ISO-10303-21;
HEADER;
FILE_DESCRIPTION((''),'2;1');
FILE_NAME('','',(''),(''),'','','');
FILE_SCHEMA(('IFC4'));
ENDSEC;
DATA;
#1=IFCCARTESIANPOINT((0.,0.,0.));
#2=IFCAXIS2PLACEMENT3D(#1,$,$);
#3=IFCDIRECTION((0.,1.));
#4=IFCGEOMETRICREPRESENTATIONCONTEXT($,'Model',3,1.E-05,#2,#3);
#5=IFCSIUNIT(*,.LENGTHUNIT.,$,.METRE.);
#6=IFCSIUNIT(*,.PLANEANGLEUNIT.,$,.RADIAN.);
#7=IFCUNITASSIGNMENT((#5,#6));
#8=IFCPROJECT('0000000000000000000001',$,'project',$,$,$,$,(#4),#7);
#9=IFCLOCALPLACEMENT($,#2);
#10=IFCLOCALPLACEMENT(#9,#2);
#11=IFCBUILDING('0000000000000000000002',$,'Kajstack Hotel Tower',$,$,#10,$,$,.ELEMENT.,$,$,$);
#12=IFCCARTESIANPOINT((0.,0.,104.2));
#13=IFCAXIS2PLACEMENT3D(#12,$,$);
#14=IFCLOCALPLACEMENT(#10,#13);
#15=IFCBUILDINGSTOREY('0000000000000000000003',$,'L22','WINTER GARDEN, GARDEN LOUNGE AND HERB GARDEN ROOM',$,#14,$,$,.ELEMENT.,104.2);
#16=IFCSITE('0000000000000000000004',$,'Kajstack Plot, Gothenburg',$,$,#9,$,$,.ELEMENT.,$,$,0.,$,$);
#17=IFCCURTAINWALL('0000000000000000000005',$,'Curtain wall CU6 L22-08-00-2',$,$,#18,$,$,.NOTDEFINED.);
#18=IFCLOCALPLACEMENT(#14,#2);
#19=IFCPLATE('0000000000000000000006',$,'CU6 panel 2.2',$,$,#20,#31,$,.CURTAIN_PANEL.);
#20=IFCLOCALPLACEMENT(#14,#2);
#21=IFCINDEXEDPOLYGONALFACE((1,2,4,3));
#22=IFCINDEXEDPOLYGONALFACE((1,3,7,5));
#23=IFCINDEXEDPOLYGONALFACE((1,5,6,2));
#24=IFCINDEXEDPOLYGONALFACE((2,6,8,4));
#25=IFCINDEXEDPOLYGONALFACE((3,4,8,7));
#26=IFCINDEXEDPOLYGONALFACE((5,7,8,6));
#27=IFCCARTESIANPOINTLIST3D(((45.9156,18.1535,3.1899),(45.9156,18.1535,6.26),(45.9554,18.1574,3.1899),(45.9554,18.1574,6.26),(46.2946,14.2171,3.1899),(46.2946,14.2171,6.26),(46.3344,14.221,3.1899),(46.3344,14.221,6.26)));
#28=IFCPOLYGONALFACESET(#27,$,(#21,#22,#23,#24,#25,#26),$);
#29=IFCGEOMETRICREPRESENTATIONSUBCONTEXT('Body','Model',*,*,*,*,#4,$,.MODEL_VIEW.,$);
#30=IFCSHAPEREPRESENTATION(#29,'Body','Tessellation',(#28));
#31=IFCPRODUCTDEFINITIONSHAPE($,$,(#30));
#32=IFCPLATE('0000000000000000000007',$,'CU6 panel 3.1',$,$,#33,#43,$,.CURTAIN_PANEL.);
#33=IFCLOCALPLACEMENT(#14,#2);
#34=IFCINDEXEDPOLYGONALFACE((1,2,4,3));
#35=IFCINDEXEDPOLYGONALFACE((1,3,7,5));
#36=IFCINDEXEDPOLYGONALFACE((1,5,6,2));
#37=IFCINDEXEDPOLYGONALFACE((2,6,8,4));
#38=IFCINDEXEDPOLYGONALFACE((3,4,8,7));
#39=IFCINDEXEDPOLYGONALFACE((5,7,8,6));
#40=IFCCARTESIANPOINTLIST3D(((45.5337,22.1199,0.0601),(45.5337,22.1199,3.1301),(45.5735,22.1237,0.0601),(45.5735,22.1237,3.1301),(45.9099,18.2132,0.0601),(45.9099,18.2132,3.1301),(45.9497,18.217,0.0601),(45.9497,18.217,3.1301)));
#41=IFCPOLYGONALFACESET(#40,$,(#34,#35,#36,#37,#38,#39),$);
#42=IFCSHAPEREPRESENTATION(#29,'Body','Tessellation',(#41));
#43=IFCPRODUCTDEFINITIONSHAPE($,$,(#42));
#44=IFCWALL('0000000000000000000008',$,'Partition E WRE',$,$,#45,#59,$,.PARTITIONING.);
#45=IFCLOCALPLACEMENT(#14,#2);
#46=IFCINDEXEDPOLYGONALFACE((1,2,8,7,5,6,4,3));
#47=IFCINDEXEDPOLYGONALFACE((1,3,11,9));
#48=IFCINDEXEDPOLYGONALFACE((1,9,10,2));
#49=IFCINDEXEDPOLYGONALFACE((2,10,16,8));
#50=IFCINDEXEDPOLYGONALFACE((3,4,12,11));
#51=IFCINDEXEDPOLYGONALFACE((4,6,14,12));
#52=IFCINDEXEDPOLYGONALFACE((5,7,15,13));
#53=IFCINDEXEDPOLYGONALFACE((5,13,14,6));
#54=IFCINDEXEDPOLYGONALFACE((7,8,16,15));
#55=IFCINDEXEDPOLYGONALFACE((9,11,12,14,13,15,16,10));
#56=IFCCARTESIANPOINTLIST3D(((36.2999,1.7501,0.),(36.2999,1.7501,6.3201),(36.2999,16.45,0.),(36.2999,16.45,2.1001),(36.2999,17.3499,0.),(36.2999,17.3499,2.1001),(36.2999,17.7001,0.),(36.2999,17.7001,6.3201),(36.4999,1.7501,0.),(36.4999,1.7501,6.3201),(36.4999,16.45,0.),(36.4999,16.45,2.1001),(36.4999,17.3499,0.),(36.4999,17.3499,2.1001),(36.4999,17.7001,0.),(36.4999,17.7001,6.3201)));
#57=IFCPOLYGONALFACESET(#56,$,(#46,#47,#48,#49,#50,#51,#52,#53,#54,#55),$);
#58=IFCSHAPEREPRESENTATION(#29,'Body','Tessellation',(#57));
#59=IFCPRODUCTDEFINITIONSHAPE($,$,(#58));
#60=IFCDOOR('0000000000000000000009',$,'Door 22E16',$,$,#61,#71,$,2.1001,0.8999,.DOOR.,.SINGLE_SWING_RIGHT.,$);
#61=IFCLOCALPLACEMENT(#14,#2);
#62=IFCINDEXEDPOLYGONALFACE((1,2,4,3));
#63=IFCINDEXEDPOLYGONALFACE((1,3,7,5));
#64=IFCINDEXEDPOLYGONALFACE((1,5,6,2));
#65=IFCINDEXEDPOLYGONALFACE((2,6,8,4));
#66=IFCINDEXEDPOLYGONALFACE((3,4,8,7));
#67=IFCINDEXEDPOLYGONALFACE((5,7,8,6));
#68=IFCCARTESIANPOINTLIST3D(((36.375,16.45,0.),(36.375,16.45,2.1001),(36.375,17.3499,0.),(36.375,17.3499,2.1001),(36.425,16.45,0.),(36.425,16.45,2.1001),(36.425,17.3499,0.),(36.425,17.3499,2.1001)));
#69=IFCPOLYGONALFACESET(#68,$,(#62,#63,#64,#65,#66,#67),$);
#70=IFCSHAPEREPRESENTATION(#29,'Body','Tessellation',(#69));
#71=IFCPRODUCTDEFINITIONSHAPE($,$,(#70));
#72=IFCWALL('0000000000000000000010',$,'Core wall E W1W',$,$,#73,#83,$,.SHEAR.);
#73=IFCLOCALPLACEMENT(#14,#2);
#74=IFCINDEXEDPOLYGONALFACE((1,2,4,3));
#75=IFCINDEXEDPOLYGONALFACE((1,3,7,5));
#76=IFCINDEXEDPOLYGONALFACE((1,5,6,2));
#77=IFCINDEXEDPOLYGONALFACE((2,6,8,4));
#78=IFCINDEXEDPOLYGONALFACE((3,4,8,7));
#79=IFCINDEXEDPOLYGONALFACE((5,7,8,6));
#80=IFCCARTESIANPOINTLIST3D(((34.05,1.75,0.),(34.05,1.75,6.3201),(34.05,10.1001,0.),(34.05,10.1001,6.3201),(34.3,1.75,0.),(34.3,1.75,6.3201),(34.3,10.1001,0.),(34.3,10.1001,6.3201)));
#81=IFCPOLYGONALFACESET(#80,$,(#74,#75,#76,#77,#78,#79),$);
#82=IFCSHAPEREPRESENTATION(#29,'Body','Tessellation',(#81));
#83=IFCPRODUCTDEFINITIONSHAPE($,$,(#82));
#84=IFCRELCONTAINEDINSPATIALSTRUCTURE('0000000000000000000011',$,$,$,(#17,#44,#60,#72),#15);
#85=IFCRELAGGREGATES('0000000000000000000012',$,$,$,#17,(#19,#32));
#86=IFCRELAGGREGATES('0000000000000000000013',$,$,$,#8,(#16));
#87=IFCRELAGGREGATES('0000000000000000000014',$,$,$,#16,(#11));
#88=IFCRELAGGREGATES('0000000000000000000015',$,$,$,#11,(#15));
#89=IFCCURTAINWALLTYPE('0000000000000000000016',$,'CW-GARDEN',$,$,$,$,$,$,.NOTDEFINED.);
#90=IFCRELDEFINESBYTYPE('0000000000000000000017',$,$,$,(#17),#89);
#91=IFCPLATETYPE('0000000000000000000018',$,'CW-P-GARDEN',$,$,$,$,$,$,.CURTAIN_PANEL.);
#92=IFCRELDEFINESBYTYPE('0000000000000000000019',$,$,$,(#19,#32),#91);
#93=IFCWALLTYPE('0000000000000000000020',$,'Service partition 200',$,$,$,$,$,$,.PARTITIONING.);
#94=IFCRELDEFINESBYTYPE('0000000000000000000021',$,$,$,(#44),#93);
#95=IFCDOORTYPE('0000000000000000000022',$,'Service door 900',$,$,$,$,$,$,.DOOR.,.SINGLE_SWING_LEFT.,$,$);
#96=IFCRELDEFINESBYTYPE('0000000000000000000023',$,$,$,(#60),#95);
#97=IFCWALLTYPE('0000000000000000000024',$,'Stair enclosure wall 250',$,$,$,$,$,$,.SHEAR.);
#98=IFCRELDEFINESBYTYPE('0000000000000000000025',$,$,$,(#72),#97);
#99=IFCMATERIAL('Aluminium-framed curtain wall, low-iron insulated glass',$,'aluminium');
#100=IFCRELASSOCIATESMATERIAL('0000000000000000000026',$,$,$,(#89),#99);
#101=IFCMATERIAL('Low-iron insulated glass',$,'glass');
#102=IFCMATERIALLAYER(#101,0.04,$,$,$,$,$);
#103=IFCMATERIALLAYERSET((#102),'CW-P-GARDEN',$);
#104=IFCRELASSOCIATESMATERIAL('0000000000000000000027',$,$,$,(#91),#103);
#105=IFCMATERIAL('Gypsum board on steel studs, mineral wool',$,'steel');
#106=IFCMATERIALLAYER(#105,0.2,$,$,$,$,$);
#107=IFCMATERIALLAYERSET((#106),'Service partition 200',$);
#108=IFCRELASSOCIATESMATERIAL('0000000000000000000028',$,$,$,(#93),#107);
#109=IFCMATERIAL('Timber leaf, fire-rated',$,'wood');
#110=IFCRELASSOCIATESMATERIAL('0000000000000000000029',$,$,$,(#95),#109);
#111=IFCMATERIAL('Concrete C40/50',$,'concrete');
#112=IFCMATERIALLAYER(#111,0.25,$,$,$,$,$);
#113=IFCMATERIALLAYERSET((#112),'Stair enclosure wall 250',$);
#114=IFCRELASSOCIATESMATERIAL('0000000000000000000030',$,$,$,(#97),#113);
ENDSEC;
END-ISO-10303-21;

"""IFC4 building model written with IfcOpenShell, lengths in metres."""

from ifc_helpers import new_model, si_unit, direction, frame, frame_2d, origin, origin_2d, place, context, subcontext, project, spatial, rectangle, extrude, material, layer, layer_set, type_object, element, fill, aggregate, save


model = new_model("IFC4")

# Units and contexts
model_context = context("Model", 3, precision=1e-05, world=origin(), true_north=direction((0.0, 1.0)))
body_context = subcontext(model_context, "Body", "Model", "MODEL_VIEW")
ifc_project = project(units=[si_unit("LENGTHUNIT", "METRE"), si_unit("PLANEANGLEUNIT", "RADIAN")], contexts=[model_context])

# Site, building, storey
site_placement = place(None, origin())
site = spatial("IfcSite", under=ifc_project, at=site_placement, Name="Kajstack Plot, Gothenburg", CompositionType="ELEMENT", RefElevation=0.0)
building_placement = place(site_placement, origin())
building = spatial("IfcBuilding", under=site, at=building_placement, Name="Kajstack Hotel Tower", CompositionType="ELEMENT")
storey_placement = place(building_placement, frame((0.0, 0.0, 104.2)))
storey = spatial("IfcBuildingStorey", under=building, at=storey_placement, Name="L22", Description="WINTER GARDEN, GARDEN LOUNGE AND HERB GARDEN ROOM", CompositionType="ELEMENT", Elevation=104.2)

# Curtain wall
ifc_material_1 = material(Name="Aluminium-framed curtain wall, low-iron insulated glass", Category="aluminium")
curtain_wall_type = type_object("IfcCurtainWallType", Name="CW-GARDEN", PredefinedType="NOTDEFINED", material=ifc_material_1)
curtain_wall_1_placement = place(storey_placement, origin())
curtain_wall_1 = element("IfcCurtainWall", 1, at=curtain_wall_1_placement, inside=storey, type_object=curtain_wall_type, Name="Curtain wall CU6 L22-08-00-2", PredefinedType="NOTDEFINED")

# Plates
ifc_material_2 = material(Name="Low-iron insulated glass", Category="glass")
ifc_layer_1 = layer(ifc_material_2, 0.04)
ifc_layer_set_1 = layer_set([ifc_layer_1], Name="CW-P-GARDEN")
plate_type = type_object("IfcPlateType", Name="CW-P-GARDEN", PredefinedType="CURTAIN_PANEL", material=ifc_layer_set_1)
plate_1_placement = place(storey_placement, frame((46.125, 16.1873, 3.1899), z_axis=(0.0, 0.0, 1.0), x_axis=(-0.095846, 0.995396, 0.0)))
plate_1 = element("IfcPlate", 2, at=plate_1_placement, type_object=plate_type, Name="CU6 panel 2.2", PredefinedType="CURTAIN_PANEL", context=body_context, shape_type="SweptSolid", body=[
    extrude(rectangle(XDim=3.9546, YDim=0.04, at=origin_2d()), origin(), (0.0, 0.0, 1.0), 3.0701),
])
plate_2_placement = place(storey_placement, frame((45.7417, 20.1685, 0.0601), z_axis=(0.0, 0.0, 1.0), x_axis=(-0.095846, 0.995396, 0.0)))
plate_2 = element("IfcPlate", 3, at=plate_2_placement, type_object=plate_type, Name="CU6 panel 3.1", PredefinedType="CURTAIN_PANEL", context=body_context, shape_type="SweptSolid", body=[
    extrude(rectangle(XDim=3.9248, YDim=0.04, at=origin_2d()), origin(), (0.0, 0.0, 1.0), 3.0701),
])
aggregate(curtain_wall_1, [plate_1, plate_2])

# Wall, opening, door
ifc_material_3 = material(Name="Gypsum board on steel studs, mineral wool", Category="steel")
ifc_layer_2 = layer(ifc_material_3, 0.2)
ifc_layer_set_2 = layer_set([ifc_layer_2], Name="Service partition 200")
wall_type_1 = type_object("IfcWallType", Name="Service partition 200", PredefinedType="PARTITIONING", material=ifc_layer_set_2)
wall_1_placement = place(storey_placement, frame((36.3999, 1.75, 0.0), z_axis=(0.0, 0.0, 1.0), x_axis=(0.0, 1.0, 0.0)))
wall_1 = element("IfcWall", 4, at=wall_1_placement, inside=storey, type_object=wall_type_1, Name="Partition E WRE", PredefinedType="PARTITIONING", context=body_context, shape_type="SweptSolid", body=[
    extrude(rectangle(XDim=15.95, YDim=0.2, at=frame_2d((7.9751, 0.0))), origin(), (0.0, 0.0, 1.0), 6.3201),
])
opening_placement = place(wall_1_placement, frame((14.7, 0.0, 0.0)))
opening = element("IfcOpeningElement", 5, at=opening_placement, cuts=wall_1, PredefinedType="OPENING", context=body_context, shape_type="SweptSolid", body=[
    extrude(rectangle(XDim=0.8999, YDim=2.1001, at=frame_2d((0.45, 1.05))), frame((0.0, 0.1099, 0.0), z_axis=(0.0, -1.0, 0.0), x_axis=(1.0, 0.0, 0.0)), (0.0, 0.0, 1.0), 0.22),
])
ifc_material_4 = material(Name="Timber leaf, fire-rated", Category="wood")
door_type = type_object("IfcDoorType", Name="Service door 900", OperationType="SINGLE_SWING_LEFT", PredefinedType="DOOR", material=ifc_material_4)
door_placement = place(opening_placement, origin())
door = element("IfcDoor", 6, at=door_placement, inside=storey, type_object=door_type, Name="Door 22E16", OperationType="SINGLE_SWING_RIGHT", OverallHeight=2.1001, OverallWidth=0.8999, PredefinedType="DOOR", context=body_context, shape_type="SweptSolid", body=[
    extrude(rectangle(XDim=0.8999, YDim=2.1001, at=frame_2d((0.45, 1.05))), frame((0.0, 0.0249, 0.0), z_axis=(0.0, -1.0, 0.0), x_axis=(1.0, 0.0, 0.0)), (0.0, 0.0, 1.0), 0.05),
])
fill(opening, door)

# Wall
ifc_material_5 = material(Name="Concrete C40/50", Category="concrete")
ifc_layer_3 = layer(ifc_material_5, 0.25)
ifc_layer_set_3 = layer_set([ifc_layer_3], Name="Stair enclosure wall 250")
wall_type_2 = type_object("IfcWallType", Name="Stair enclosure wall 250", PredefinedType="SHEAR", material=ifc_layer_set_3)
wall_2_placement = place(storey_placement, frame((34.175, 1.75, 0.0), z_axis=(0.0, 0.0, 1.0), x_axis=(0.0, 1.0, 0.0)))
element("IfcWall", 7, at=wall_2_placement, inside=storey, type_object=wall_type_2, Name="Core wall E W1W", PredefinedType="SHEAR", context=body_context, shape_type="SweptSolid", body=[
    extrude(rectangle(XDim=8.3501, YDim=0.25, at=frame_2d((4.175, 0.0))), origin(), (0.0, 0.0, 1.0), 6.3201),
])

save(model, "model.ifc")
